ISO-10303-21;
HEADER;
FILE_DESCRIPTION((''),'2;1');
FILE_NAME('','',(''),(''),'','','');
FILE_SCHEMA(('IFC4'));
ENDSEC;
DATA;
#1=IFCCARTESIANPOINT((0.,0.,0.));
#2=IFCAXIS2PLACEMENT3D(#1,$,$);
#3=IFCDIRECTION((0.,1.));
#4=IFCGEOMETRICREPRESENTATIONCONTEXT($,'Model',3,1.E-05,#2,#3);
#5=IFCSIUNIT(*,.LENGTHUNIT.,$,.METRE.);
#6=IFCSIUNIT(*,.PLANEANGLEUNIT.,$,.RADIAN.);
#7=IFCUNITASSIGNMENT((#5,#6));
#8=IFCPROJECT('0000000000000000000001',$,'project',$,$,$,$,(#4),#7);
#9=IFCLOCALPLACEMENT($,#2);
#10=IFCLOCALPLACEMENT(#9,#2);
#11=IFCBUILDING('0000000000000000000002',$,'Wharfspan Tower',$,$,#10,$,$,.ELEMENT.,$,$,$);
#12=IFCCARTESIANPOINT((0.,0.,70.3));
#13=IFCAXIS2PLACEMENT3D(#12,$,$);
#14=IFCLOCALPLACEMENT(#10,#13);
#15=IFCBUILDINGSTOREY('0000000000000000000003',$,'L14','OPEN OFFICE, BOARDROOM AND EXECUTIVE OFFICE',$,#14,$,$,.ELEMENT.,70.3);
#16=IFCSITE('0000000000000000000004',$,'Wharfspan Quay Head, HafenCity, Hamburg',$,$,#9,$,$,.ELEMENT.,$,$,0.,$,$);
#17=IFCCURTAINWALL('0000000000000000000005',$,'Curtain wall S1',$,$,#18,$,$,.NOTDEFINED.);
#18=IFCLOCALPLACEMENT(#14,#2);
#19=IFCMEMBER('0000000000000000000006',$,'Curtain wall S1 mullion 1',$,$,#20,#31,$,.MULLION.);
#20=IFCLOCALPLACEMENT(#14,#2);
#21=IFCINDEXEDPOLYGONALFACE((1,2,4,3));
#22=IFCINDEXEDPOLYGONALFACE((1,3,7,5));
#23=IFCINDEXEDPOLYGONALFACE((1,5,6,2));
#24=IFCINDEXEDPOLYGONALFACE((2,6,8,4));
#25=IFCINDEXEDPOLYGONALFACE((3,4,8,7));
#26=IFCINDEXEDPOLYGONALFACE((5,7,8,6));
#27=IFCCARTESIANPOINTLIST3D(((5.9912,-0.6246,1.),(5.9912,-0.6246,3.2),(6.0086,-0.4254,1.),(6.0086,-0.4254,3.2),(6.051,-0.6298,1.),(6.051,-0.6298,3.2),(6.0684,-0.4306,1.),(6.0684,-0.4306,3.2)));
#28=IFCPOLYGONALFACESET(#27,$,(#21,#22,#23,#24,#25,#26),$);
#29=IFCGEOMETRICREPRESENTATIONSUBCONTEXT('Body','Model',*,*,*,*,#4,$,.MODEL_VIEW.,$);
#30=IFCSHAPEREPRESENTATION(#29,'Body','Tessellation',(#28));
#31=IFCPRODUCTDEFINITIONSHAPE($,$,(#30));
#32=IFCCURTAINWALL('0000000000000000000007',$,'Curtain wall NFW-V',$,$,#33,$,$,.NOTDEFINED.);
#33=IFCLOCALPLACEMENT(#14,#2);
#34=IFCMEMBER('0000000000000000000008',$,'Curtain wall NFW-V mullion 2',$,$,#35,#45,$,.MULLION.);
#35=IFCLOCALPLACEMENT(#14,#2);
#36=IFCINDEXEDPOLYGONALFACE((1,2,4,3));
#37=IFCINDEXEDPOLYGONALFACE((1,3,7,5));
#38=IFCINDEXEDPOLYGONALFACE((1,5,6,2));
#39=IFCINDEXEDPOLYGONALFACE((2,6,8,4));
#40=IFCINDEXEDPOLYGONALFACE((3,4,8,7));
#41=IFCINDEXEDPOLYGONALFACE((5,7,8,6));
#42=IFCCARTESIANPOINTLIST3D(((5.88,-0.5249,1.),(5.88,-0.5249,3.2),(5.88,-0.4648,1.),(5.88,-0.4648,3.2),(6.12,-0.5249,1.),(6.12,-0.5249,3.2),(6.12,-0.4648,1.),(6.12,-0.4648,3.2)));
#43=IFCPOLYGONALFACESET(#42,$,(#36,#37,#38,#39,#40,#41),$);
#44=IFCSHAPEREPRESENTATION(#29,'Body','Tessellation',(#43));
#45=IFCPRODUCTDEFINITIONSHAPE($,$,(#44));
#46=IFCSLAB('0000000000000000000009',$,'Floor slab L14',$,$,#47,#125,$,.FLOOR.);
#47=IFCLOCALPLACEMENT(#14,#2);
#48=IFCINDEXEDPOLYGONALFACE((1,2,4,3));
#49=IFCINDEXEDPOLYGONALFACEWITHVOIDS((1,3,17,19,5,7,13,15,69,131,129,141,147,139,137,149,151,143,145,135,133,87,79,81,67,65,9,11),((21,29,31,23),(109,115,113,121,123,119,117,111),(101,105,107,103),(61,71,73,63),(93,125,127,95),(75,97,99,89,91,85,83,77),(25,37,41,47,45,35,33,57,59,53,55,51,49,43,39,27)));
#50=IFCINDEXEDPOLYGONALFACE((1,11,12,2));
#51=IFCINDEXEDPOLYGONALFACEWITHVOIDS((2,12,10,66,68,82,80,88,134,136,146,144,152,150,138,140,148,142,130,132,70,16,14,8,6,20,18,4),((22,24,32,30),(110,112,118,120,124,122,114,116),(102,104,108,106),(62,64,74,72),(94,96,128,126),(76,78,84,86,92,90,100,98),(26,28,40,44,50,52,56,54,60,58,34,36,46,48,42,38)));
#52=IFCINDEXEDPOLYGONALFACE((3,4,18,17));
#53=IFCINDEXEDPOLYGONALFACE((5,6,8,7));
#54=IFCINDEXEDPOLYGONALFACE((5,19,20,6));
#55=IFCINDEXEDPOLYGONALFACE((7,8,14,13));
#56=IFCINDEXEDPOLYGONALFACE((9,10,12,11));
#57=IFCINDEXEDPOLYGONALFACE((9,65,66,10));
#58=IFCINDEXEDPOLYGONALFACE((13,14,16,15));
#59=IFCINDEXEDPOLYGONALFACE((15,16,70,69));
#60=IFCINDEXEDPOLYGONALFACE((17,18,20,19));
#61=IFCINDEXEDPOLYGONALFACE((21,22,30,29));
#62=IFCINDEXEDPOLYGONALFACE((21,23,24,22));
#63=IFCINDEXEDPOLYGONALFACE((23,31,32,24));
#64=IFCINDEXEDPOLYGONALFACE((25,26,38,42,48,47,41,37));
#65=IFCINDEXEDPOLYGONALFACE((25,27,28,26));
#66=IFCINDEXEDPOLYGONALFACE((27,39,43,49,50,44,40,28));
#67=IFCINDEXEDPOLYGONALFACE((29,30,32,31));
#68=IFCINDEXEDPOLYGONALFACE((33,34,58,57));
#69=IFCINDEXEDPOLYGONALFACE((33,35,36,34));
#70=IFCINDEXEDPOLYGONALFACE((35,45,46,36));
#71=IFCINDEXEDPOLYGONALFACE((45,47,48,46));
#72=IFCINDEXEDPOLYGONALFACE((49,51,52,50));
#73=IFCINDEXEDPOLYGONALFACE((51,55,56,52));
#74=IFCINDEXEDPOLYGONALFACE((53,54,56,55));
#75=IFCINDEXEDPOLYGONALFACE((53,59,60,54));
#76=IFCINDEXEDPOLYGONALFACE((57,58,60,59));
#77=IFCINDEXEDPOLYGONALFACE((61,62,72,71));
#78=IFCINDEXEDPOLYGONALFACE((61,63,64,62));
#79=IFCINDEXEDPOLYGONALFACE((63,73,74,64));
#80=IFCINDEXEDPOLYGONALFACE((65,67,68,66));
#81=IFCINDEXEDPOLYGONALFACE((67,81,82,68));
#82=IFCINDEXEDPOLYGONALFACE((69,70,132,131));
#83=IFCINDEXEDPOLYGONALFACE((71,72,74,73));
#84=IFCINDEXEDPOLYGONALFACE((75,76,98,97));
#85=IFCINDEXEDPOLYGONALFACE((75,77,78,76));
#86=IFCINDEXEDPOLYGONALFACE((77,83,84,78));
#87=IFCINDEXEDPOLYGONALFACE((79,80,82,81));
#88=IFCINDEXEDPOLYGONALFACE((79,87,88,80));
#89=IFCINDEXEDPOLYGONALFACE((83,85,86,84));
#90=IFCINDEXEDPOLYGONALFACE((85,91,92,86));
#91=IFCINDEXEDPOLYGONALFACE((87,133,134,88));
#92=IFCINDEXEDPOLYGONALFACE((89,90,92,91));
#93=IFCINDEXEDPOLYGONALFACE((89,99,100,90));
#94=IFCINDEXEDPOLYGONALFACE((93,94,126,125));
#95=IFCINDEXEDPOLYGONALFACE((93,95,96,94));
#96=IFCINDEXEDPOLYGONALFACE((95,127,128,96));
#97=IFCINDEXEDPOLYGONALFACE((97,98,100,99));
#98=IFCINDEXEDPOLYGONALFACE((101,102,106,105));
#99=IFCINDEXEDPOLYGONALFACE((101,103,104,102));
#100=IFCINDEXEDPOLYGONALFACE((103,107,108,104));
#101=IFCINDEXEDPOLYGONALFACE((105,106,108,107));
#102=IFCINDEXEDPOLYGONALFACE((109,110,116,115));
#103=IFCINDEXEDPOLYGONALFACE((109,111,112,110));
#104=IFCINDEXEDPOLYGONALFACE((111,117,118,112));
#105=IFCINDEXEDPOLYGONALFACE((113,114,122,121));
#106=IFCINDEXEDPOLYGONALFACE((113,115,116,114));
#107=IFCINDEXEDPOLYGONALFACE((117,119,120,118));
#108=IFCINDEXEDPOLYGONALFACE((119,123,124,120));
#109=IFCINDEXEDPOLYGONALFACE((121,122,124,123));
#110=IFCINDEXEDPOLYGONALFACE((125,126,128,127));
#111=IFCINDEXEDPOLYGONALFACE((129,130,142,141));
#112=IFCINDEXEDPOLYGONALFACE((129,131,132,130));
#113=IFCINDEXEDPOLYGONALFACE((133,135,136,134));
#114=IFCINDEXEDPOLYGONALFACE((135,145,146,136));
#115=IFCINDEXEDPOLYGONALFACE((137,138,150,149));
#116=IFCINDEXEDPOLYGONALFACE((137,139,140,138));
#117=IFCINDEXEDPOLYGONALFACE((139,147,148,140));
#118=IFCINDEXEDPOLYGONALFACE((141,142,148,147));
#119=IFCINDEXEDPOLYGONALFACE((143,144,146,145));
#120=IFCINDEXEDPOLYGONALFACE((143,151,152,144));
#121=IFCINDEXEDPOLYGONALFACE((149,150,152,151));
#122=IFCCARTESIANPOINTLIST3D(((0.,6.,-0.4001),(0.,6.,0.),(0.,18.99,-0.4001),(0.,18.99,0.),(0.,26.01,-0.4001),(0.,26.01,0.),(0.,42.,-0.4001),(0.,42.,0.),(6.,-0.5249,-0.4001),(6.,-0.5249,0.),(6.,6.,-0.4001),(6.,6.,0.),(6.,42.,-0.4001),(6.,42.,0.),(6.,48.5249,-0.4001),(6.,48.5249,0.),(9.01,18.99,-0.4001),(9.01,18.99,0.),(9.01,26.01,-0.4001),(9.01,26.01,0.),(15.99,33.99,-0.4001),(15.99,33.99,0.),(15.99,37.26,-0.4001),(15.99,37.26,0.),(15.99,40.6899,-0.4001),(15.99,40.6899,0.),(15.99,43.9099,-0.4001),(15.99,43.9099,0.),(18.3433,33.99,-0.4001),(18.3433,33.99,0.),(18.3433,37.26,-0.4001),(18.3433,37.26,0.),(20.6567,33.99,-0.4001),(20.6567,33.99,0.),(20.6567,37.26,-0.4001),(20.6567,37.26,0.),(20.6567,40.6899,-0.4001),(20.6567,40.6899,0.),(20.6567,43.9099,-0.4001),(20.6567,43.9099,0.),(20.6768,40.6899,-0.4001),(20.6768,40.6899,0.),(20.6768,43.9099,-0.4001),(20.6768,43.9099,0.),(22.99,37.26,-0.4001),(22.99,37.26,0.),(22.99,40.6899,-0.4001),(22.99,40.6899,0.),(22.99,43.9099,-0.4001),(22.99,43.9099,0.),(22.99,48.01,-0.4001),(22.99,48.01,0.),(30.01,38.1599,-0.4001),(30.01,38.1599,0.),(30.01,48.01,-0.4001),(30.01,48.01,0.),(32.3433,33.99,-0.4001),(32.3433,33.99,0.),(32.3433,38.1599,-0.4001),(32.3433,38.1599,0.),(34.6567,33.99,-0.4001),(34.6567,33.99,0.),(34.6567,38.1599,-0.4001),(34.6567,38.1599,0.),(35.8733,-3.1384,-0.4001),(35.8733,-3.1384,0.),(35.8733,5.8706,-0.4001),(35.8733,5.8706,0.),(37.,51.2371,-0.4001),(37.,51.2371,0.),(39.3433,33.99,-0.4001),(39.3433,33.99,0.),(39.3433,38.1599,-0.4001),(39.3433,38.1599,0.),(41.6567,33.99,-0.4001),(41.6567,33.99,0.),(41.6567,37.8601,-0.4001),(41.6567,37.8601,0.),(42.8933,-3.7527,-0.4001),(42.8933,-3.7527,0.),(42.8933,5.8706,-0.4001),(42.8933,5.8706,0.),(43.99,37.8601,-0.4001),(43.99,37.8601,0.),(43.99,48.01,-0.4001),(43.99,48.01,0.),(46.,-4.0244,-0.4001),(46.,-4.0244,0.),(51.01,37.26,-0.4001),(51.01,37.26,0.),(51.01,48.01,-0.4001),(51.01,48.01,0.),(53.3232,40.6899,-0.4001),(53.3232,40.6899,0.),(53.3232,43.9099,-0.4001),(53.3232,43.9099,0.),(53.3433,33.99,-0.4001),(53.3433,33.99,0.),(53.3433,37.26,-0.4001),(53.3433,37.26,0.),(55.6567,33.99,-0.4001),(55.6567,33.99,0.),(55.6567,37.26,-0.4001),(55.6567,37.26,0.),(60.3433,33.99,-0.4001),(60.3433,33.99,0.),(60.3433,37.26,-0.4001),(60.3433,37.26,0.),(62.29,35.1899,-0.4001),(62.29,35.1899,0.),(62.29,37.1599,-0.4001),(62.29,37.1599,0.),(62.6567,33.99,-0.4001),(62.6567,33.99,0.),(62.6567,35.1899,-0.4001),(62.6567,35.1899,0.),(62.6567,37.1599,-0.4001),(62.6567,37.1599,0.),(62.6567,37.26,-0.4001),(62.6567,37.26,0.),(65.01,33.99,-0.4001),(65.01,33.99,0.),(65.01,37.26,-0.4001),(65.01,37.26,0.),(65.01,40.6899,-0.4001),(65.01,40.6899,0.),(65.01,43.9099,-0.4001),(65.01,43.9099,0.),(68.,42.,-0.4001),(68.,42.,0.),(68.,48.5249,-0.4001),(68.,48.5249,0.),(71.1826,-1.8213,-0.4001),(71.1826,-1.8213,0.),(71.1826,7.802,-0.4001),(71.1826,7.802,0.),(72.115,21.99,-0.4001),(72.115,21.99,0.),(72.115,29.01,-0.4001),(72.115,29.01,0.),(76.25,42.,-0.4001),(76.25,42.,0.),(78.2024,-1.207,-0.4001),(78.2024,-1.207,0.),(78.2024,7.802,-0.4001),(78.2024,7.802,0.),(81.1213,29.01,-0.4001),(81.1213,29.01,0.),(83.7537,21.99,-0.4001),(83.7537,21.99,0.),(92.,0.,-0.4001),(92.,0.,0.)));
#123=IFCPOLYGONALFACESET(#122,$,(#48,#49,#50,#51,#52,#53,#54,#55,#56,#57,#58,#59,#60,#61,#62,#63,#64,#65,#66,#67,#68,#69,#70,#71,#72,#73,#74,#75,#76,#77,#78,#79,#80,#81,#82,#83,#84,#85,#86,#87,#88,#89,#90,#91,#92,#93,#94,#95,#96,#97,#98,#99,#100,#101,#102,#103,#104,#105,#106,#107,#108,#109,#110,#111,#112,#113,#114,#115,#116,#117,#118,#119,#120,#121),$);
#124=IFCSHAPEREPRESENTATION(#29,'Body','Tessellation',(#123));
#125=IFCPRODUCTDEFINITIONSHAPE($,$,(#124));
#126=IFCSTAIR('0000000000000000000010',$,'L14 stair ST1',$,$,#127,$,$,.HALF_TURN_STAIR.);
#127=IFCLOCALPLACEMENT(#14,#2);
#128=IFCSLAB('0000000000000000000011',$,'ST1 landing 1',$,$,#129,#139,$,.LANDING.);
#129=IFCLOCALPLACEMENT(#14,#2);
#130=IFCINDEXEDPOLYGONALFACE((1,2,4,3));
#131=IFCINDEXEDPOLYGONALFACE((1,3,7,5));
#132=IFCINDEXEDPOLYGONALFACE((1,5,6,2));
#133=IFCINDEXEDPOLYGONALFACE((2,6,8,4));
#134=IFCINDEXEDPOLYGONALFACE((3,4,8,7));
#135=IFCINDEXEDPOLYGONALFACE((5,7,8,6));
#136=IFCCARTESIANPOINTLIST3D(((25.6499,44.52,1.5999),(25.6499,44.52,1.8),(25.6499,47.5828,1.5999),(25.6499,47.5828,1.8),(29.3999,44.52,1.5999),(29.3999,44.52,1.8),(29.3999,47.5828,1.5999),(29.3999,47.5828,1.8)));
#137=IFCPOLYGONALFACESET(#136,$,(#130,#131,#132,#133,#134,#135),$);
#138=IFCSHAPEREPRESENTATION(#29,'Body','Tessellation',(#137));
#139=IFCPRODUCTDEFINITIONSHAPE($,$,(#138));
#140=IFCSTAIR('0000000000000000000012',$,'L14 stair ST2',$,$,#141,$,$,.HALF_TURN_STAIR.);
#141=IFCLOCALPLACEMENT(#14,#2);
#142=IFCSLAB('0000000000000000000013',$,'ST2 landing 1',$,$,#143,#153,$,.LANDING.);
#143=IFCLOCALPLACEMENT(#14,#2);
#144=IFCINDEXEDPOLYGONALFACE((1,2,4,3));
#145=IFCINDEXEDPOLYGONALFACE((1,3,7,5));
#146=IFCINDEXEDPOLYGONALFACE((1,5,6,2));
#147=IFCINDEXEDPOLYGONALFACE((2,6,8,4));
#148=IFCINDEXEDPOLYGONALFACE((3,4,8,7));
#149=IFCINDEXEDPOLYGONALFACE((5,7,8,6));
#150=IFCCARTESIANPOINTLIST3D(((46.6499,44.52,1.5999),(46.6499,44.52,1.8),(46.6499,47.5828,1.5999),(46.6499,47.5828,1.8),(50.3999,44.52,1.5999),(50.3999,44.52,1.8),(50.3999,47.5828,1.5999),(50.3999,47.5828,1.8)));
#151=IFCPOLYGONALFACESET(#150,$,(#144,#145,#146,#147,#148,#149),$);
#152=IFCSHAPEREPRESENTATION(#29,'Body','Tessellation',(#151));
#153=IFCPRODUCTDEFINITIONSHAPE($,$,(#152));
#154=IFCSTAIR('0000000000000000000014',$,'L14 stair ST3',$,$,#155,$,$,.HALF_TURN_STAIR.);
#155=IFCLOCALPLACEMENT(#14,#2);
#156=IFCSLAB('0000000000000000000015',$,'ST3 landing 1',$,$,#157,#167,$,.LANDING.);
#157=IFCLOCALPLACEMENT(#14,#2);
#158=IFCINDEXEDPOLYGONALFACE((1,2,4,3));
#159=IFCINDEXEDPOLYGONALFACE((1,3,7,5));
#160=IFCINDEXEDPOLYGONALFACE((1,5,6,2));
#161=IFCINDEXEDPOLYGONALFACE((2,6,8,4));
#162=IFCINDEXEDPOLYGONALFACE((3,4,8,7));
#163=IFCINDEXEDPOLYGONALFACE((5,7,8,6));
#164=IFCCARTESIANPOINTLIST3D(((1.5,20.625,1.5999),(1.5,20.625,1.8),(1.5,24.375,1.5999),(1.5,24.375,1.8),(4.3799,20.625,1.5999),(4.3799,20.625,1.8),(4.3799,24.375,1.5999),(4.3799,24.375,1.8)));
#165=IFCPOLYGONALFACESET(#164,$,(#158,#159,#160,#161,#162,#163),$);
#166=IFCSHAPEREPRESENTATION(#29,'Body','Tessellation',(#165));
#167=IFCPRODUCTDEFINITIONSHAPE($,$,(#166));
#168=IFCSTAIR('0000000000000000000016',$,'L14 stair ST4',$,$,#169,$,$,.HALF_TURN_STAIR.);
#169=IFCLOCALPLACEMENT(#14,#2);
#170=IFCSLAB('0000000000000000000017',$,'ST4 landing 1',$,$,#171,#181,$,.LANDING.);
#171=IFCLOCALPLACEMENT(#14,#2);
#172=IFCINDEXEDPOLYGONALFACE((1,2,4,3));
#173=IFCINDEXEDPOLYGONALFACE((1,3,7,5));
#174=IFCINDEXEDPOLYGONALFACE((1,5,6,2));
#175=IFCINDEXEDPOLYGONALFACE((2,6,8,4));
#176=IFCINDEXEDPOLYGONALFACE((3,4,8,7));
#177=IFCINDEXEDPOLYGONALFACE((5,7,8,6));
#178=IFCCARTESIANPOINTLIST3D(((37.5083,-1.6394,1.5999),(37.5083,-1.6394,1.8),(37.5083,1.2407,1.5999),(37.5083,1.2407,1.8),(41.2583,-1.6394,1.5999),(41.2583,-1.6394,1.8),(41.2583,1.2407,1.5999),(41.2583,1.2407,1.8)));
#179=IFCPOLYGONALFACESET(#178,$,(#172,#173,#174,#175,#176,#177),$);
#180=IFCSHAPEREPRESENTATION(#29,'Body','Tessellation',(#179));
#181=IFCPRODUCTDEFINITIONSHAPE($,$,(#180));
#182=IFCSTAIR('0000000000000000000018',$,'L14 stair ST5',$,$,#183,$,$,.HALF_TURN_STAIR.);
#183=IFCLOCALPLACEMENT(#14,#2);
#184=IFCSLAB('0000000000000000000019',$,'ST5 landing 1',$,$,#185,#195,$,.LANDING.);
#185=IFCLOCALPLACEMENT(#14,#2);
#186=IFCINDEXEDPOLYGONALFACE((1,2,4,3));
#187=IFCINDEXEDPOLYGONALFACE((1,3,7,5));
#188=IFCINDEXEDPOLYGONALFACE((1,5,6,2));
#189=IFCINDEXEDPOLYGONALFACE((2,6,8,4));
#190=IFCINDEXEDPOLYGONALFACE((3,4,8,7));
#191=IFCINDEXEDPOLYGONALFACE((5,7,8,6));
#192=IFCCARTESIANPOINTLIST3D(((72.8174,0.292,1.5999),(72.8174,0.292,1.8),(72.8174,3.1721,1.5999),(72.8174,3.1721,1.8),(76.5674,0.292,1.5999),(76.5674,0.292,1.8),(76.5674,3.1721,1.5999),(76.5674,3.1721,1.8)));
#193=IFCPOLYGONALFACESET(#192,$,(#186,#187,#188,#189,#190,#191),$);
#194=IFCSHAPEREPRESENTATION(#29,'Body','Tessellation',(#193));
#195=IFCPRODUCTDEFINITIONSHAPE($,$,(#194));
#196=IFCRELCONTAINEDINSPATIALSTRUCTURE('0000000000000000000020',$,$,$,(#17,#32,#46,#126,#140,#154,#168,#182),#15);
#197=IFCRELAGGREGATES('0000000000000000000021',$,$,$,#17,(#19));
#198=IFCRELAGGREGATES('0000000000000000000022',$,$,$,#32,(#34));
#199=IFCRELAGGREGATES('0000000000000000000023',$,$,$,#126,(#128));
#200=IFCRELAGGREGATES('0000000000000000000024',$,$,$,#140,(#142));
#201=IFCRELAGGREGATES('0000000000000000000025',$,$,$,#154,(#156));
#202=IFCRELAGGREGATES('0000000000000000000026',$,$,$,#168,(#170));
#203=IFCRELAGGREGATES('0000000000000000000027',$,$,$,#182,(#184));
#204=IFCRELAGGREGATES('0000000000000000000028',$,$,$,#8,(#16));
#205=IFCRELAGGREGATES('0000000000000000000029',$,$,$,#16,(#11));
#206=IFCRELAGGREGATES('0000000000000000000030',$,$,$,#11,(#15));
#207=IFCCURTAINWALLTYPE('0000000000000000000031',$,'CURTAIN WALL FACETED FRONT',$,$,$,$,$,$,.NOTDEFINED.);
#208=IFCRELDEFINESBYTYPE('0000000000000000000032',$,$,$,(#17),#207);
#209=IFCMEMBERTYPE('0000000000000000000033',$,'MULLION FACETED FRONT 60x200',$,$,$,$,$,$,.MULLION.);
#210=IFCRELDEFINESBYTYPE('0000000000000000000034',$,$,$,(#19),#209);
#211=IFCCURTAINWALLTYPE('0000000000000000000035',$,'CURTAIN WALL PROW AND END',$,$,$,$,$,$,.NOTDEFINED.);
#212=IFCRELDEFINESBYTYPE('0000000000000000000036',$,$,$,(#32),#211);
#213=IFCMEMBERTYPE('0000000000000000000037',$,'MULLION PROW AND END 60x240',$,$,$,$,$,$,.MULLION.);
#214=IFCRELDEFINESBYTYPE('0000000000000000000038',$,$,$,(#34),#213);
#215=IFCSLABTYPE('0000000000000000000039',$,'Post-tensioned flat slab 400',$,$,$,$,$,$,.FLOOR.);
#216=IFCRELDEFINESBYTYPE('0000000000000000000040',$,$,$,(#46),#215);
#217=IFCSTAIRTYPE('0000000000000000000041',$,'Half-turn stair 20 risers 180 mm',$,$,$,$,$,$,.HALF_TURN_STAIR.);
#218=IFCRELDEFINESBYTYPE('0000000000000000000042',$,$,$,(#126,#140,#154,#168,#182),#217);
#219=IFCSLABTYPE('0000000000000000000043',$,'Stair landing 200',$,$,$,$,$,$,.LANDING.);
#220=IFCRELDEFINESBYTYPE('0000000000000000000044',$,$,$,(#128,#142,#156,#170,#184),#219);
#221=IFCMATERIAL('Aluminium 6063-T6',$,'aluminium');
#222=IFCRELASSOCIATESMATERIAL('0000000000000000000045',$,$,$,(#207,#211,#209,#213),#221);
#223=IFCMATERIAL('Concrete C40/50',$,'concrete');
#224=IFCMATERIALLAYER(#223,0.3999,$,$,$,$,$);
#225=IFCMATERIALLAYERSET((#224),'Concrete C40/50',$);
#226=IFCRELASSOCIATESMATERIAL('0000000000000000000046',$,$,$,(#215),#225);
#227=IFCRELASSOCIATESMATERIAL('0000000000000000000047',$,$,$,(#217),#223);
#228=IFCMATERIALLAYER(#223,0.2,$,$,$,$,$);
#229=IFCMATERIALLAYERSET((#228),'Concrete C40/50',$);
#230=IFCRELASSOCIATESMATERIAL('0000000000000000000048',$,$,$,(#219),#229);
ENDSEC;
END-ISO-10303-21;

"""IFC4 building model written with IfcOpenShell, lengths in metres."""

from ifc_helpers import new_model, si_unit, direction, frame, origin, origin_2d, place, context, subcontext, project, spatial, polyline, rectangle, outline, extrude, material, layer, layer_set, material_profile, profile_set, type_object, element, aggregate, save


model = new_model("IFC4")

# Units and contexts
model_context = context("Model", 3, precision=1e-05, world=origin(), true_north=direction((0.0, 1.0)))
body_context = subcontext(model_context, "Body", "Model", "MODEL_VIEW")
ifc_project = project(units=[si_unit("LENGTHUNIT", "METRE"), si_unit("PLANEANGLEUNIT", "RADIAN")], contexts=[model_context])

# Site, building, storey
site_placement = place(None, origin())
site = spatial("IfcSite", under=ifc_project, at=site_placement, Name="Wharfspan Quay Head, HafenCity, Hamburg", CompositionType="ELEMENT", RefElevation=0.0)
building_placement = place(site_placement, origin())
building = spatial("IfcBuilding", under=site, at=building_placement, Name="Wharfspan Tower", CompositionType="ELEMENT")
storey_placement = place(building_placement, frame((0.0, 0.0, 70.3)))
storey = spatial("IfcBuildingStorey", under=building, at=storey_placement, Name="L14", Description="OPEN OFFICE, BOARDROOM AND EXECUTIVE OFFICE", CompositionType="ELEMENT", Elevation=70.3)

# Curtain walls, members
ifc_material_1 = material(Name="Aluminium 6063-T6", Category="aluminium")
curtain_wall_type_1 = type_object("IfcCurtainWallType", Name="CURTAIN WALL FACETED FRONT", PredefinedType="NOTDEFINED", material=ifc_material_1)
curtain_wall_1_placement = place(storey_placement, origin())
curtain_wall_1 = element("IfcCurtainWall", 1, at=curtain_wall_1_placement, inside=storey, type_object=curtain_wall_type_1, Name="Curtain wall S1", PredefinedType="NOTDEFINED")
ifc_material_profile_1 = material_profile(ifc_material_1, rectangle(XDim=0.2, YDim=0.0601, at=origin_2d()))
ifc_profile_set_1 = profile_set([ifc_material_profile_1], Name="Aluminium 6063-T6")
member_type_1 = type_object("IfcMemberType", Name="MULLION FACETED FRONT 60x200", PredefinedType="MULLION", material=ifc_profile_set_1)
member_1_placement = place(storey_placement, frame((6.0298, -0.5276, 1.0), z_axis=(0.0, 0.0, 1.0), x_axis=(0.087156, 0.996197, 0.0)))
member_1 = element("IfcMember", 2, at=member_1_placement, type_object=member_type_1, Name="Curtain wall S1 mullion 1", PredefinedType="MULLION", context=body_context, shape_type="SweptSolid", body=[
    extrude(rectangle(XDim=0.2, YDim=0.0601, at=origin_2d()), origin(), (0.0, 0.0, 1.0), 2.2),
])
aggregate(curtain_wall_1, [member_1])
curtain_wall_type_2 = type_object("IfcCurtainWallType", Name="CURTAIN WALL PROW AND END", PredefinedType="NOTDEFINED", material=ifc_material_1)
curtain_wall_2_placement = place(storey_placement, origin())
curtain_wall_2 = element("IfcCurtainWall", 3, at=curtain_wall_2_placement, inside=storey, type_object=curtain_wall_type_2, Name="Curtain wall NFW-V", PredefinedType="NOTDEFINED")
ifc_material_profile_2 = material_profile(ifc_material_1, rectangle(XDim=0.24, YDim=0.0601, at=origin_2d()))
ifc_profile_set_2 = profile_set([ifc_material_profile_2], Name="Aluminium 6063-T6")
member_type_2 = type_object("IfcMemberType", Name="MULLION PROW AND END 60x240", PredefinedType="MULLION", material=ifc_profile_set_2)
member_2_placement = place(storey_placement, frame((6.0, -0.4949, 1.0), z_axis=(0.0, 0.0, 1.0), x_axis=(1.0, 0.0, 0.0)))
member_2 = element("IfcMember", 4, at=member_2_placement, type_object=member_type_2, Name="Curtain wall NFW-V mullion 2", PredefinedType="MULLION", context=body_context, shape_type="SweptSolid", body=[
    extrude(rectangle(XDim=0.24, YDim=0.0601, at=origin_2d()), origin(), (0.0, 0.0, 1.0), 2.2),
])
aggregate(curtain_wall_2, [member_2])

# Slab
ifc_material_2 = material(Name="Concrete C40/50", Category="concrete")
ifc_layer_1 = layer(ifc_material_2, 0.3999)
ifc_layer_set_1 = layer_set([ifc_layer_1], Name="Concrete C40/50")
slab_type_1 = type_object("IfcSlabType", Name="Post-tensioned flat slab 400", PredefinedType="FLOOR", material=ifc_layer_set_1)
slab_1_placement = place(storey_placement, frame((0.0, 0.0, -0.4001)))
element("IfcSlab", 5, at=slab_1_placement, inside=storey, type_object=slab_type_1, Name="Floor slab L14", PredefinedType="FLOOR", context=body_context, shape_type="SweptSolid", body=[
    extrude(outline(polyline([(35.8733, -3.1384), (35.8733, 5.8706), (42.8933, 5.8706), (42.8933, -3.7527), (46.0, -4.0244), (71.1826, -1.8213), (71.1826, 7.802), (78.2024, 7.802), (78.2024, -1.207), (92.0, 0.0), (83.7537, 21.99), (72.115, 21.99), (72.115, 29.01), (81.1213, 29.01), (76.25, 42.0), (68.0, 42.0), (68.0, 48.5249), (37.0, 51.2371), (6.0, 48.5249), (6.0, 42.0), (0.0, 42.0), (0.0, 26.01), (9.01, 26.01), (9.01, 18.99), (0.0, 18.99), (0.0, 6.0), (6.0, 6.0), (6.0, -0.5249), (35.8733, -3.1384)]), holes=[polyline([(62.29, 37.1599), (62.6567, 37.1599), (62.6567, 37.26), (65.01, 37.26), (65.01, 33.99), (62.6567, 33.99), (62.6567, 35.1899), (62.29, 35.1899), (62.29, 37.1599)]), polyline([(65.01, 43.9099), (65.01, 40.6899), (53.3232, 40.6899), (53.3232, 43.9099), (65.01, 43.9099)]), polyline([(55.6567, 33.99), (55.6567, 37.26), (60.3433, 37.26), (60.3433, 33.99), (55.6567, 33.99)]), polyline([(43.99, 37.8601), (43.99, 48.01), (51.01, 48.01), (51.01, 37.26), (53.3433, 37.26), (53.3433, 33.99), (41.6567, 33.99), (41.6567, 37.8601), (43.99, 37.8601)]), polyline([(34.6567, 33.99), (34.6567, 38.1599), (39.3433, 38.1599), (39.3433, 33.99), (34.6567, 33.99)]), polyline([(15.99, 40.6899), (15.99, 43.9099), (20.6567, 43.9099), (20.6768, 43.9099), (22.99, 43.9099), (22.99, 48.01), (30.01, 48.01), (30.01, 38.1599), (32.3433, 38.1599), (32.3433, 33.99), (20.6567, 33.99), (20.6567, 37.26), (22.99, 37.26), (22.99, 40.6899), (20.6768, 40.6899), (20.6567, 40.6899), (15.99, 40.6899)]), polyline([(18.3433, 37.26), (18.3433, 33.99), (15.99, 33.99), (15.99, 37.26), (18.3433, 37.26)])]), origin(), (0.0, 0.0, 1.0), 0.4001),
])

# Stairs, slabs
stair_type = type_object("IfcStairType", Name="Half-turn stair 20 risers 180 mm", PredefinedType="HALF_TURN_STAIR", material=ifc_material_2)
stair_1_placement = place(storey_placement, origin())
stair_1 = element("IfcStair", 6, at=stair_1_placement, inside=storey, type_object=stair_type, Name="L14 stair ST1", PredefinedType="HALF_TURN_STAIR")
ifc_layer_2 = layer(ifc_material_2, 0.2)
ifc_layer_set_2 = layer_set([ifc_layer_2], Name="Concrete C40/50")
slab_type_2 = type_object("IfcSlabType", Name="Stair landing 200", PredefinedType="LANDING", material=ifc_layer_set_2)
slab_2_placement = place(storey_placement, frame((0.0, 0.0, 1.5999)))
slab_2 = element("IfcSlab", 7, at=slab_2_placement, type_object=slab_type_2, Name="ST1 landing 1", PredefinedType="LANDING", context=body_context, shape_type="SweptSolid", body=[
    extrude(outline(polyline([(25.6499, 44.52), (29.3999, 44.52), (29.3999, 47.5828), (25.6499, 47.5828), (25.6499, 44.52)])), origin(), (0.0, 0.0, 1.0), 0.2002),
])
aggregate(stair_1, [slab_2])
stair_2_placement = place(storey_placement, origin())
stair_2 = element("IfcStair", 8, at=stair_2_placement, inside=storey, type_object=stair_type, Name="L14 stair ST2", PredefinedType="HALF_TURN_STAIR")
slab_3_placement = place(storey_placement, frame((0.0, 0.0, 1.5999)))
slab_3 = element("IfcSlab", 9, at=slab_3_placement, type_object=slab_type_2, Name="ST2 landing 1", PredefinedType="LANDING", context=body_context, shape_type="SweptSolid", body=[
    extrude(outline(polyline([(46.6499, 44.52), (50.3999, 44.52), (50.3999, 47.5828), (46.6499, 47.5828), (46.6499, 44.52)])), origin(), (0.0, 0.0, 1.0), 0.2002),
])
aggregate(stair_2, [slab_3])
stair_3_placement = place(storey_placement, origin())
stair_3 = element("IfcStair", 10, at=stair_3_placement, inside=storey, type_object=stair_type, Name="L14 stair ST3", PredefinedType="HALF_TURN_STAIR")
slab_4_placement = place(storey_placement, frame((0.0, 0.0, 1.5999)))
slab_4 = element("IfcSlab", 11, at=slab_4_placement, type_object=slab_type_2, Name="ST3 landing 1", PredefinedType="LANDING", context=body_context, shape_type="SweptSolid", body=[
    extrude(outline(polyline([(4.3799, 24.375), (1.5, 24.375), (1.5, 20.625), (4.3799, 20.625), (4.3799, 24.375)])), origin(), (0.0, 0.0, 1.0), 0.2002),
])
aggregate(stair_3, [slab_4])
stair_4_placement = place(storey_placement, origin())
stair_4 = element("IfcStair", 12, at=stair_4_placement, inside=storey, type_object=stair_type, Name="L14 stair ST4", PredefinedType="HALF_TURN_STAIR")
slab_5_placement = place(storey_placement, frame((0.0, 0.0, 1.5999)))
slab_5 = element("IfcSlab", 13, at=slab_5_placement, type_object=slab_type_2, Name="ST4 landing 1", PredefinedType="LANDING", context=body_context, shape_type="SweptSolid", body=[
    extrude(outline(polyline([(37.5083, 1.2407), (37.5083, -1.6394), (41.2583, -1.6394), (41.2583, 1.2407), (37.5083, 1.2407)])), origin(), (0.0, 0.0, 1.0), 0.2002),
])
aggregate(stair_4, [slab_5])
stair_5_placement = place(storey_placement, origin())
stair_5 = element("IfcStair", 14, at=stair_5_placement, inside=storey, type_object=stair_type, Name="L14 stair ST5", PredefinedType="HALF_TURN_STAIR")
slab_6_placement = place(storey_placement, frame((0.0, 0.0, 1.5999)))
slab_6 = element("IfcSlab", 15, at=slab_6_placement, type_object=slab_type_2, Name="ST5 landing 1", PredefinedType="LANDING", context=body_context, shape_type="SweptSolid", body=[
    extrude(outline(polyline([(72.8174, 3.1721), (72.8174, 0.292), (76.5674, 0.292), (76.5674, 3.1721), (72.8174, 3.1721)])), origin(), (0.0, 0.0, 1.0), 0.2002),
])
aggregate(stair_5, [slab_6])

save(model, "model.ifc")
